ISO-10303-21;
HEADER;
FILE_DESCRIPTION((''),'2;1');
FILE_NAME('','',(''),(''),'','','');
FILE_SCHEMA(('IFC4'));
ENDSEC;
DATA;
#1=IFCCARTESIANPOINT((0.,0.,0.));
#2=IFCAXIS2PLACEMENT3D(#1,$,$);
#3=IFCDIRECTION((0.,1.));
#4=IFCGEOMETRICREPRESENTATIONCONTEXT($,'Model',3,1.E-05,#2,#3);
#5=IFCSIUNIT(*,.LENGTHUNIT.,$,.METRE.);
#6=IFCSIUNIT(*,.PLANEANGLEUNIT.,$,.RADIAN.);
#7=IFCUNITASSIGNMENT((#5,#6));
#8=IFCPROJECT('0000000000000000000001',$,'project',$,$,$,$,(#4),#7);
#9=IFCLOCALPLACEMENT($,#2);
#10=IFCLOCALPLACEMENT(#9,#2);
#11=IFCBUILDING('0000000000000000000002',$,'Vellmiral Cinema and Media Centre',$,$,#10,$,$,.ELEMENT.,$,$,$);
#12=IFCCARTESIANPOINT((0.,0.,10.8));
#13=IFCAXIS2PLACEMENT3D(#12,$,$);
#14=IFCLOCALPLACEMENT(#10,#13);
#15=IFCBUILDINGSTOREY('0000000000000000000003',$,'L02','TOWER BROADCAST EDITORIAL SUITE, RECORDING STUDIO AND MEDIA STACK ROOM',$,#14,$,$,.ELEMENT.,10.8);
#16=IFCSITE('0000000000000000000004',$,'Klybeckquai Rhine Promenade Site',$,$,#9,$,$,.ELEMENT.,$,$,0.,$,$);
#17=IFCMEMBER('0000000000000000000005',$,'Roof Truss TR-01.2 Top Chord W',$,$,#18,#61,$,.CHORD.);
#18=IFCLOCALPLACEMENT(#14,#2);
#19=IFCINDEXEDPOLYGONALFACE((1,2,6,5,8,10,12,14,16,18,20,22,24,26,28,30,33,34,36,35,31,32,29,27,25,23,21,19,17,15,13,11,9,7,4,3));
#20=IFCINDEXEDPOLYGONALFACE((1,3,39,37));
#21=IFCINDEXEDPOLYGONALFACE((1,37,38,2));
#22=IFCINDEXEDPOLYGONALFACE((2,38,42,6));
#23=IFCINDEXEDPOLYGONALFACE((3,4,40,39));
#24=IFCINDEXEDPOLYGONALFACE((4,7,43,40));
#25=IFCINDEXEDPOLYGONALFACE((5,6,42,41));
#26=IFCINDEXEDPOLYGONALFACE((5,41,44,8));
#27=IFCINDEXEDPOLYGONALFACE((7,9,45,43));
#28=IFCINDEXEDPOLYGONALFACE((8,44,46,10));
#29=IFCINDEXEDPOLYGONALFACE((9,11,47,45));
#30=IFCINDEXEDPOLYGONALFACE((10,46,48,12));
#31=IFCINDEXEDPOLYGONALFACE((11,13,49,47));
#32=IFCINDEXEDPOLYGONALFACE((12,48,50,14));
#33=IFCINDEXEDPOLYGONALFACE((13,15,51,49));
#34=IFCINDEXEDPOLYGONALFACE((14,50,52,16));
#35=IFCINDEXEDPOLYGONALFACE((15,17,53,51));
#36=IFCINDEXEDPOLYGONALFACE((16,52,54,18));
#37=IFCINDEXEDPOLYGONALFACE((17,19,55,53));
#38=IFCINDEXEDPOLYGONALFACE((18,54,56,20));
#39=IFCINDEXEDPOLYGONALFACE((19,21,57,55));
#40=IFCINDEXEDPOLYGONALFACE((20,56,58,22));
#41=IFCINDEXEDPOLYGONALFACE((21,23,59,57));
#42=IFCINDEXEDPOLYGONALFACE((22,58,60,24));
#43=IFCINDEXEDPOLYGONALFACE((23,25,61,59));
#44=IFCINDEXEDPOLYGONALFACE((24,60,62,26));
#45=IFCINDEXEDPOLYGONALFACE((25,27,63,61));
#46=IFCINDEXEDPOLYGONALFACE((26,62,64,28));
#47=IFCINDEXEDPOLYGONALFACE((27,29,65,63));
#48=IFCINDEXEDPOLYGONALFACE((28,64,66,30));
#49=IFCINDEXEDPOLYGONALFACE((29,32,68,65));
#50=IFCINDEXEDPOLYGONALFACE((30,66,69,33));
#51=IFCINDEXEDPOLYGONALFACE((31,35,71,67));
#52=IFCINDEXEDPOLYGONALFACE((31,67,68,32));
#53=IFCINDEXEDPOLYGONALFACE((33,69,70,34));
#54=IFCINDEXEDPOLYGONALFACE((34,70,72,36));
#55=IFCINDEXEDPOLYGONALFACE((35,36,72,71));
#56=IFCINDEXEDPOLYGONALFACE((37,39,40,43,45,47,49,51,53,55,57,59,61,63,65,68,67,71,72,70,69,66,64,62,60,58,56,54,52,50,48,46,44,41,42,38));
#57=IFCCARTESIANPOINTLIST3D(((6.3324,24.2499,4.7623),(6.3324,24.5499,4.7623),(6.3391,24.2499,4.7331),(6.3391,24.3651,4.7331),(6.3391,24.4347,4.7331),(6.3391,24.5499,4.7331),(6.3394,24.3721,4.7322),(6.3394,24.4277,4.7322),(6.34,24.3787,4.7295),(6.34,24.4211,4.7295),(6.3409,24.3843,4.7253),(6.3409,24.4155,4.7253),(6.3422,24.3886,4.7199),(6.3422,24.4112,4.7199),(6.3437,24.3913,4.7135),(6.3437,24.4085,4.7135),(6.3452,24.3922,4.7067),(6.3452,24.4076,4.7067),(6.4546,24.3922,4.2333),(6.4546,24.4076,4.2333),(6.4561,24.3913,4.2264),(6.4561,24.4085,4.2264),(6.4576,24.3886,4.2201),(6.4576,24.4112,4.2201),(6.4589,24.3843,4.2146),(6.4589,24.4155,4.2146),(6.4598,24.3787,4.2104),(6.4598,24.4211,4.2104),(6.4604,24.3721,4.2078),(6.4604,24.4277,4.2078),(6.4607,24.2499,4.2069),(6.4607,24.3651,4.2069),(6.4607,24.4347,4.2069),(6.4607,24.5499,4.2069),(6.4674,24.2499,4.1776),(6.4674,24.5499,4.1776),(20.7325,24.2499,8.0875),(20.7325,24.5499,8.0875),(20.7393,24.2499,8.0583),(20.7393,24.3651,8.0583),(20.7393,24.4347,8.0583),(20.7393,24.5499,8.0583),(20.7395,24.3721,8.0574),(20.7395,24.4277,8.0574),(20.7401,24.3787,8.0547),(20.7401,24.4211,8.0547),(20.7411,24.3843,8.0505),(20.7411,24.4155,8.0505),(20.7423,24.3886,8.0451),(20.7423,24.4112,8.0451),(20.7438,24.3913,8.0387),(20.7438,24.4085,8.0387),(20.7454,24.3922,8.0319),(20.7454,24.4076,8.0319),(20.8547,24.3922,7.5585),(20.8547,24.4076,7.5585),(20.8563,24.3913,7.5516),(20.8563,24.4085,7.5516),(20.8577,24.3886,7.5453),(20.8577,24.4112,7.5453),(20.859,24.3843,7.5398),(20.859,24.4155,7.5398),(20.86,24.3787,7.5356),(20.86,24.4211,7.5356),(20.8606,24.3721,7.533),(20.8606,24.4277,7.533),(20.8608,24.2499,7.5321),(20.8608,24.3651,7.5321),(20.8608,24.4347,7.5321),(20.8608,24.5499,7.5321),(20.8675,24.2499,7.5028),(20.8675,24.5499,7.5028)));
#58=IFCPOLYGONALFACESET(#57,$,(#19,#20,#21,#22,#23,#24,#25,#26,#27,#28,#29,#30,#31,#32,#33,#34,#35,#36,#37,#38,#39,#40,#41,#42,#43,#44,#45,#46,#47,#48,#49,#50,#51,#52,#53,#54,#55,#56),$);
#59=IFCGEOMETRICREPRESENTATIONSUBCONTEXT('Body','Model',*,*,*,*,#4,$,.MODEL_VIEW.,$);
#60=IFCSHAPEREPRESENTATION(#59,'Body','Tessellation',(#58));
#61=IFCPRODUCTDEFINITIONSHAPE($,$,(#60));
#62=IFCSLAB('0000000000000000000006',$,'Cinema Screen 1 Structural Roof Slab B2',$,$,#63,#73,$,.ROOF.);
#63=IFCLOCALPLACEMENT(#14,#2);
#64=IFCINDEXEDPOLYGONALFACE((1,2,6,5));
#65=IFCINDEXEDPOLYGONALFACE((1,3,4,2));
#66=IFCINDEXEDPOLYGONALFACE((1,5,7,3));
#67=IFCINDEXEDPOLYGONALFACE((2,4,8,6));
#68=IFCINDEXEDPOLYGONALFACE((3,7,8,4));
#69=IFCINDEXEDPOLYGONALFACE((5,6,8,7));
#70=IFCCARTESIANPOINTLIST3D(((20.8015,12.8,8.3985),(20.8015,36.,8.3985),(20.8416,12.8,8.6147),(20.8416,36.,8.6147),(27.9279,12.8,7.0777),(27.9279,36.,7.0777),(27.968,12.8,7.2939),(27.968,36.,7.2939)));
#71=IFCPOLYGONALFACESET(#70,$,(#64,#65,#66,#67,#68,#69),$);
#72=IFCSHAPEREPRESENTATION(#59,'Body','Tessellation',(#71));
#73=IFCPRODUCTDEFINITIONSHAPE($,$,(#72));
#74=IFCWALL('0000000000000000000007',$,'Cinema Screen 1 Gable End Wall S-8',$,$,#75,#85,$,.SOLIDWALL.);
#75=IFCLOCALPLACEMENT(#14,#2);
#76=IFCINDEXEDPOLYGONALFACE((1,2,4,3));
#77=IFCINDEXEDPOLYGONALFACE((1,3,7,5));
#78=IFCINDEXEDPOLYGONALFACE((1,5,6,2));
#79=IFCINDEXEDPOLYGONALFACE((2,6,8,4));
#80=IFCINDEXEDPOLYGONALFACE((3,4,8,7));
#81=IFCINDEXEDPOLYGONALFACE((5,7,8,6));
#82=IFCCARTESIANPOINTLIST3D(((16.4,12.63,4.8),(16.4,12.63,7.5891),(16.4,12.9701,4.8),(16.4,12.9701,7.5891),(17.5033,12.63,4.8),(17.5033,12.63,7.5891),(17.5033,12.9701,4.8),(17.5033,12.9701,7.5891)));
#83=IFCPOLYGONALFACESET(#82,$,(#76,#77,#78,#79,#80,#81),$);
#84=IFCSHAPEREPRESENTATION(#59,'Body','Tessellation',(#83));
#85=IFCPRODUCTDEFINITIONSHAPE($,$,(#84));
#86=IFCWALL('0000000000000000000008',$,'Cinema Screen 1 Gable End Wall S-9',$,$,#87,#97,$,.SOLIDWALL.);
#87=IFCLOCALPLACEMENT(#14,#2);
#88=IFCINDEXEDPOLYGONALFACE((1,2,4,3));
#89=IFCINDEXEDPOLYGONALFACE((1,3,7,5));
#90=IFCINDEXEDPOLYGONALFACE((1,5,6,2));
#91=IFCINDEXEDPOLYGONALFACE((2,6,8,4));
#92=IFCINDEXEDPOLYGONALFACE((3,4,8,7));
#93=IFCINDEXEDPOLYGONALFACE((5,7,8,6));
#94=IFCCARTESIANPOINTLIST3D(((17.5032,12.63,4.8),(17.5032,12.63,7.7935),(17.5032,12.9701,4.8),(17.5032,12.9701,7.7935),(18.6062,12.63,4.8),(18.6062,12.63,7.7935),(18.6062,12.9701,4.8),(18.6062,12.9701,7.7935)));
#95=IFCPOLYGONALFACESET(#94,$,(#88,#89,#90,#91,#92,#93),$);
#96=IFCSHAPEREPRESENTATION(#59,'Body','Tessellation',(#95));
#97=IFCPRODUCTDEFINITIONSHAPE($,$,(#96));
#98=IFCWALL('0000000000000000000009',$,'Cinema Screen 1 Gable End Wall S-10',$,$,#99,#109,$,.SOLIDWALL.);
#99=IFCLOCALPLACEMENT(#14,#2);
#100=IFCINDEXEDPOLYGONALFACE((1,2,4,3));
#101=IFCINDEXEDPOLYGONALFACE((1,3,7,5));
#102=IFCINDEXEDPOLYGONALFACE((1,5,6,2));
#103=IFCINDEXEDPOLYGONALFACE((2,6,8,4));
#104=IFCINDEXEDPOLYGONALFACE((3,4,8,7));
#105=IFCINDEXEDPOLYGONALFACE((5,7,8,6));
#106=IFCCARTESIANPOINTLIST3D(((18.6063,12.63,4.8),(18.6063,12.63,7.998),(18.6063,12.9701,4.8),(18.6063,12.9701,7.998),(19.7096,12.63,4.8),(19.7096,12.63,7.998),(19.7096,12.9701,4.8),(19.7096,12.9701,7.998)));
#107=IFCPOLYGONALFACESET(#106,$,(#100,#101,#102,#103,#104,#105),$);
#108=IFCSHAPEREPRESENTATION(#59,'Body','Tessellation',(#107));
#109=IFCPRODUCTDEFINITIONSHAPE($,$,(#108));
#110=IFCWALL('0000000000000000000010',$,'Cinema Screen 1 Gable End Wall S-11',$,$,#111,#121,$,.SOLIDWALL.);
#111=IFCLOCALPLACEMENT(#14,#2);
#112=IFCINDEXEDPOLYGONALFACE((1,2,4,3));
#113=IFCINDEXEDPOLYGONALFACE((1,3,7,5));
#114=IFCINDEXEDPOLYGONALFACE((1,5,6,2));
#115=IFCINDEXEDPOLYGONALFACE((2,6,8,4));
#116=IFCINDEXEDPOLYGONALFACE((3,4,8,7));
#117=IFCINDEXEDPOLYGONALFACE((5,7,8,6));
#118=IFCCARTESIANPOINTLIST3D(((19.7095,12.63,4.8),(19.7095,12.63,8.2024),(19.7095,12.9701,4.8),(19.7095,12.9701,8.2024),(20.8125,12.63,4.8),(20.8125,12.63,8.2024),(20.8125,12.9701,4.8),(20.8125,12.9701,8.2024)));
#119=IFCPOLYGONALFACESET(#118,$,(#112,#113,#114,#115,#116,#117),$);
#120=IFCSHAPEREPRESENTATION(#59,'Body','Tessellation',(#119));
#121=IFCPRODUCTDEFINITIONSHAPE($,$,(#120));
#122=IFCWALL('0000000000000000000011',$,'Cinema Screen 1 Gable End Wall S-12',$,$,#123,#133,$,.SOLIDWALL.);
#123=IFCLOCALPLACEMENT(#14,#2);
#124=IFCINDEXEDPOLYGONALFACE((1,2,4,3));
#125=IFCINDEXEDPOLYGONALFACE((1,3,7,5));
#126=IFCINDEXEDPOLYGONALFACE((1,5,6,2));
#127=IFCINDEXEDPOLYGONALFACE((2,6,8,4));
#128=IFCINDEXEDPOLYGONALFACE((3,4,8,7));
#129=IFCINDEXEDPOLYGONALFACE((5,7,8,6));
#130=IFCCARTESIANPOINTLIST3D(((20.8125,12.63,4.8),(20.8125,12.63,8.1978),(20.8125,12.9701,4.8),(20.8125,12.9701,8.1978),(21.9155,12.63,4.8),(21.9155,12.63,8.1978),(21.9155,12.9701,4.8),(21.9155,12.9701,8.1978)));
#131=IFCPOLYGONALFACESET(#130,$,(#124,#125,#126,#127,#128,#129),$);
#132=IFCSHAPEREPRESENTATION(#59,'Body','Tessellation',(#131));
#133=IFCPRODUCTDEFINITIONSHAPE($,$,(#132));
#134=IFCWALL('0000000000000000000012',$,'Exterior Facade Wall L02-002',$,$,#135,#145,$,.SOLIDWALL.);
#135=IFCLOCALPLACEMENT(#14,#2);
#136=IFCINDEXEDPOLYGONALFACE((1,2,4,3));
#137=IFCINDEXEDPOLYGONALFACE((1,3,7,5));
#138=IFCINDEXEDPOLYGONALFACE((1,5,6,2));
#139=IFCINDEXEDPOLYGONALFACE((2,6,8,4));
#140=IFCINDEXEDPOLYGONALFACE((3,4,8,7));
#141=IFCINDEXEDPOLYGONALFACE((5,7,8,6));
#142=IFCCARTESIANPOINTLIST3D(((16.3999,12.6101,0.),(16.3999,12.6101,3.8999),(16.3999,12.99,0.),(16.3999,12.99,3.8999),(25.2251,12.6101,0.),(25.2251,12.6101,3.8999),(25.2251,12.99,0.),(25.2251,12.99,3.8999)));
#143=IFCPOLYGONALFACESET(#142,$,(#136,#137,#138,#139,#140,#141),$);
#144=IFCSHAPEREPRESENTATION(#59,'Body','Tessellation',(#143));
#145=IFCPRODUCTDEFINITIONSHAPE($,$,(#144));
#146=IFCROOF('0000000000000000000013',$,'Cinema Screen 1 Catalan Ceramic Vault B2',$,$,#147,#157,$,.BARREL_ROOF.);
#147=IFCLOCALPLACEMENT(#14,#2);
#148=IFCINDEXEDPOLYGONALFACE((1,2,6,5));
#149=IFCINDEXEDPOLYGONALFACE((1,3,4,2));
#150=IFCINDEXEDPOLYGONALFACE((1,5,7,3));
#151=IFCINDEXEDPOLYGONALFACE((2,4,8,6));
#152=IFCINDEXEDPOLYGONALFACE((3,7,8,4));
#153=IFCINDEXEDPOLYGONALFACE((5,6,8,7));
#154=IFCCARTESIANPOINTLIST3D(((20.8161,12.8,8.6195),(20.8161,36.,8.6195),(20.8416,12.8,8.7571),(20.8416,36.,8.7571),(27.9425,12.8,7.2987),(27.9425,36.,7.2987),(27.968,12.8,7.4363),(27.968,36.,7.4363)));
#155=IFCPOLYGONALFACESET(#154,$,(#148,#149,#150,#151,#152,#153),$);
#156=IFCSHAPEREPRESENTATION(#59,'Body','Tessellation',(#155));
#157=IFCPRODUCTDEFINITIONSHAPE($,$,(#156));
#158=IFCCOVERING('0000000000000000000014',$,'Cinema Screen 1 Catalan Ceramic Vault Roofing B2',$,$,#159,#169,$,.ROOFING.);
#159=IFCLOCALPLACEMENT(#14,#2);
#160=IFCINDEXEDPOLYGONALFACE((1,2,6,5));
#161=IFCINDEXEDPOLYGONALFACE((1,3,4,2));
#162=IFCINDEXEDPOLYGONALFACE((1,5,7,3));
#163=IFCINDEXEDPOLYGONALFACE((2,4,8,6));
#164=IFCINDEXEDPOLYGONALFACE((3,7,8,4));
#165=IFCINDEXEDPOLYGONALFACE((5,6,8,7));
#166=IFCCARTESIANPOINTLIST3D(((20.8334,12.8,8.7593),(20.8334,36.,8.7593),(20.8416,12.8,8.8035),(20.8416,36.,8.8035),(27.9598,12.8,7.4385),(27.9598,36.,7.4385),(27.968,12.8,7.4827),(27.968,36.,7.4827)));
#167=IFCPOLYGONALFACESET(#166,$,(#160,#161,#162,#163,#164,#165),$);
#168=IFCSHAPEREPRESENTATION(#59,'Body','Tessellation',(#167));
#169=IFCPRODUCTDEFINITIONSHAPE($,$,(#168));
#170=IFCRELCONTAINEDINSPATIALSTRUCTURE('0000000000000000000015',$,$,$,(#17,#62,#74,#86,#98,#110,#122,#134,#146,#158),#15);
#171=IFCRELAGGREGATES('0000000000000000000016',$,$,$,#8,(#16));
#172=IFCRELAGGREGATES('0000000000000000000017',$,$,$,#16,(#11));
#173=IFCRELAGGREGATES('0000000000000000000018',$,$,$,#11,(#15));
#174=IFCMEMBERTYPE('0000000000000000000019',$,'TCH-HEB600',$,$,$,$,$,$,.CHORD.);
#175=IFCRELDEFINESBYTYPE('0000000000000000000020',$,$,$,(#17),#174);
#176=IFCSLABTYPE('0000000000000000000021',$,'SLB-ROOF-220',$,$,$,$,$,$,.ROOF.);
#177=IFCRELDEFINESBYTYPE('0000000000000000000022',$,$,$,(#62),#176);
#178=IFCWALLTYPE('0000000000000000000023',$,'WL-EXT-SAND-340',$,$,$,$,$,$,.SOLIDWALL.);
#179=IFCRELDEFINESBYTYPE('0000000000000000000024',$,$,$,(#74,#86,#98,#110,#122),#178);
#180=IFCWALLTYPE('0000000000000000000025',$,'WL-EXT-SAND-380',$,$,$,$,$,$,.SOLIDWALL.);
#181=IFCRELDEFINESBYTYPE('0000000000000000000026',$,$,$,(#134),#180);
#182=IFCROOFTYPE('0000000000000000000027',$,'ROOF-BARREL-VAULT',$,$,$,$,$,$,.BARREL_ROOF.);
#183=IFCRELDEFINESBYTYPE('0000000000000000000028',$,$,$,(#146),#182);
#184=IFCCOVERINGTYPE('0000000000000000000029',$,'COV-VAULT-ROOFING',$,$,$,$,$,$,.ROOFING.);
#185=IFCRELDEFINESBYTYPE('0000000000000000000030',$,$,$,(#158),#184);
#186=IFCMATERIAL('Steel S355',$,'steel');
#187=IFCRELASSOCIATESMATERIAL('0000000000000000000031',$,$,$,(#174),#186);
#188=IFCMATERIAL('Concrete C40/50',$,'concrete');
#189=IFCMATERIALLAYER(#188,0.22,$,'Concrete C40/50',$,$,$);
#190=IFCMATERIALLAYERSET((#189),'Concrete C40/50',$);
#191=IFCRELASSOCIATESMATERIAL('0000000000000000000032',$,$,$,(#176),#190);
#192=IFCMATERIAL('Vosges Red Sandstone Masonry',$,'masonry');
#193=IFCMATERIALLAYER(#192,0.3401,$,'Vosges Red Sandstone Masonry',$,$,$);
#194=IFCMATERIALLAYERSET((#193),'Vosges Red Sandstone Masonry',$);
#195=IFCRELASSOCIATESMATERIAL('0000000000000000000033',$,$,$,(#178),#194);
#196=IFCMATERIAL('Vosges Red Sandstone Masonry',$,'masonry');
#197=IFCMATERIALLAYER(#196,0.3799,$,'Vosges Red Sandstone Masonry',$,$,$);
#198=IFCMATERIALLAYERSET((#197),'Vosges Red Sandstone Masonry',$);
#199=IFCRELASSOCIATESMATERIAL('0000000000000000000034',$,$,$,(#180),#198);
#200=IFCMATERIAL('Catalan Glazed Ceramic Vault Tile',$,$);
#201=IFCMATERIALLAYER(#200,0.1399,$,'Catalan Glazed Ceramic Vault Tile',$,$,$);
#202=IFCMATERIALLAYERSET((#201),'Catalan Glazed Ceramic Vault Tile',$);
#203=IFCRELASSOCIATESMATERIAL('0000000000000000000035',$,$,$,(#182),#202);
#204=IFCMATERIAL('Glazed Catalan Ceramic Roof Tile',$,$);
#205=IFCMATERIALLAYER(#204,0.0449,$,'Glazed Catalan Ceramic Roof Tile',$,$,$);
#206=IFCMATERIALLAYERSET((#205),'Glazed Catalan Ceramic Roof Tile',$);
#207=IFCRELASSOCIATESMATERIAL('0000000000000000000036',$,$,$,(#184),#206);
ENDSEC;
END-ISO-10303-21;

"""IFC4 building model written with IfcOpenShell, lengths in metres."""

from ifc_helpers import new_model, si_unit, direction, frame, frame_2d, origin, origin_2d, place, context, subcontext, project, spatial, polyline, rectangle, i_section, outline, extrude, material, layer, layer_set, material_profile, profile_set, type_object, element, save


model = new_model("IFC4")

# Units and contexts
model_context = context("Model", 3, precision=1e-05, world=origin(), true_north=direction((0.0, 1.0)))
body_context = subcontext(model_context, "Body", "Model", "MODEL_VIEW")
ifc_project = project(units=[si_unit("LENGTHUNIT", "METRE"), si_unit("PLANEANGLEUNIT", "RADIAN")], contexts=[model_context])

# Site, building, storey
site_placement = place(None, origin())
site = spatial("IfcSite", under=ifc_project, at=site_placement, Name="Klybeckquai Rhine Promenade Site", CompositionType="ELEMENT", RefElevation=0.0)
building_placement = place(site_placement, origin())
building = spatial("IfcBuilding", under=site, at=building_placement, Name="Vellmiral Cinema and Media Centre", CompositionType="ELEMENT")
storey_placement = place(building_placement, frame((0.0, 0.0, 10.8)))
storey = spatial("IfcBuildingStorey", under=building, at=storey_placement, Name="L02", Description="TOWER BROADCAST EDITORIAL SUITE, RECORDING STUDIO AND MEDIA STACK ROOM", CompositionType="ELEMENT", Elevation=10.8)

# Member
ifc_material_1 = material(Name="Steel S355", Category="steel")
ifc_material_profile_1 = material_profile(ifc_material_1, i_section(OverallWidth=0.3, OverallDepth=0.6001, WebThickness=0.0154, FlangeThickness=0.03, FilletRadius=0.0271, at=origin_2d()), Name="HEB 600")
ifc_profile_set_1 = profile_set([ifc_material_profile_1], Name="Steel S355")
member_type_1 = type_object("IfcMemberType", Name="TCH-HEB600", PredefinedType="CHORD", material=ifc_profile_set_1)
member_1_placement = place(storey_placement, frame((6.3999, 24.3999, 4.47), z_axis=(0.97436, 0.0, 0.224993), x_axis=(0.0, 1.0, 0.0)))
element("IfcMember", 1, at=member_1_placement, inside=storey, type_object=member_type_1, Name="Roof Truss TR-01.2 Top Chord W", PredefinedType="CHORD", context=body_context, shape_type="SweptSolid", body=[
    extrude(i_section(OverallWidth=0.3, OverallDepth=0.6001, WebThickness=0.0154, FlangeThickness=0.03, FilletRadius=0.0271, at=origin_2d()), origin(), (0.0, 0.0, 1.0), 14.7791),
])

# Slab
ifc_material_2 = material(Name="Concrete C40/50", Category="concrete")
ifc_layer_1 = layer(ifc_material_2, 0.22, Name="Concrete C40/50")
ifc_layer_set_1 = layer_set([ifc_layer_1], Name="Concrete C40/50")
slab_type = type_object("IfcSlabType", Name="SLB-ROOF-220", PredefinedType="ROOF", material=ifc_layer_set_1)
slab_placement = place(storey_placement, frame((20.8416, 12.8, 8.6147), z_axis=(0.182234, 0.0, 0.983255), x_axis=(0.983255, 0.0, -0.182234)))
element("IfcSlab", 2, at=slab_placement, inside=storey, type_object=slab_type, Name="Cinema Screen 1 Structural Roof Slab B2", PredefinedType="ROOF", context=body_context, shape_type="SweptSolid", body=[
    extrude(outline(polyline([(0.0, 0.0), (7.2478, 0.0), (7.2478, 23.2), (0.0, 23.2), (0.0, 0.0)])), origin(), (0.0, 0.0, -1.0), 0.22),
])

# Walls
ifc_material_3 = material(Name="Vosges Red Sandstone Masonry", Category="masonry")
ifc_layer_2 = layer(ifc_material_3, 0.3401, Name="Vosges Red Sandstone Masonry")
ifc_layer_set_2 = layer_set([ifc_layer_2], Name="Vosges Red Sandstone Masonry")
wall_type_1 = type_object("IfcWallType", Name="WL-EXT-SAND-340", PredefinedType="SOLIDWALL", material=ifc_layer_set_2)
wall_1_placement = place(storey_placement, frame((16.3999, 12.8, 4.8), z_axis=(0.0, 0.0, 1.0), x_axis=(1.0, 0.0, 0.0)))
element("IfcWall", 3, at=wall_1_placement, inside=storey, type_object=wall_type_1, Name="Cinema Screen 1 Gable End Wall S-8", PredefinedType="SOLIDWALL", context=body_context, shape_type="SweptSolid", body=[
    extrude(rectangle(XDim=1.1033, YDim=0.3401, at=frame_2d((0.5518, 0.0))), origin(), (0.0, 0.0, 1.0), 2.7891),
])
wall_2_placement = place(storey_placement, frame((17.5032, 12.8, 4.8), z_axis=(0.0, 0.0, 1.0), x_axis=(1.0, 0.0, 0.0)))
element("IfcWall", 4, at=wall_2_placement, inside=storey, type_object=wall_type_1, Name="Cinema Screen 1 Gable End Wall S-9", PredefinedType="SOLIDWALL", context=body_context, shape_type="SweptSolid", body=[
    extrude(rectangle(XDim=1.103, YDim=0.3401, at=frame_2d((0.5515, 0.0))), origin(), (0.0, 0.0, 1.0), 2.9934),
])
wall_3_placement = place(storey_placement, frame((18.6062, 12.8, 4.8), z_axis=(0.0, 0.0, 1.0), x_axis=(1.0, 0.0, 0.0)))
element("IfcWall", 5, at=wall_3_placement, inside=storey, type_object=wall_type_1, Name="Cinema Screen 1 Gable End Wall S-10", PredefinedType="SOLIDWALL", context=body_context, shape_type="SweptSolid", body=[
    extrude(rectangle(XDim=1.1033, YDim=0.3401, at=frame_2d((0.5518, 0.0))), origin(), (0.0, 0.0, 1.0), 3.198),
])
wall_4_placement = place(storey_placement, frame((19.7095, 12.8, 4.8), z_axis=(0.0, 0.0, 1.0), x_axis=(1.0, 0.0, 0.0)))
element("IfcWall", 6, at=wall_4_placement, inside=storey, type_object=wall_type_1, Name="Cinema Screen 1 Gable End Wall S-11", PredefinedType="SOLIDWALL", context=body_context, shape_type="SweptSolid", body=[
    extrude(rectangle(XDim=1.103, YDim=0.3401, at=frame_2d((0.5515, 0.0))), origin(), (0.0, 0.0, 1.0), 3.4023),
])
wall_5_placement = place(storey_placement, frame((20.8125, 12.8, 4.8), z_axis=(0.0, 0.0, 1.0), x_axis=(1.0, 0.0, 0.0)))
element("IfcWall", 7, at=wall_5_placement, inside=storey, type_object=wall_type_1, Name="Cinema Screen 1 Gable End Wall S-12", PredefinedType="SOLIDWALL", context=body_context, shape_type="SweptSolid", body=[
    extrude(rectangle(XDim=1.103, YDim=0.3401, at=frame_2d((0.5515, 0.0))), origin(), (0.0, 0.0, 1.0), 3.3977),
])
ifc_material_4 = material(Name="Vosges Red Sandstone Masonry", Category="masonry")
ifc_layer_3 = layer(ifc_material_4, 0.3799, Name="Vosges Red Sandstone Masonry")
ifc_layer_set_3 = layer_set([ifc_layer_3], Name="Vosges Red Sandstone Masonry")
wall_type_2 = type_object("IfcWallType", Name="WL-EXT-SAND-380", PredefinedType="SOLIDWALL", material=ifc_layer_set_3)
wall_6_placement = place(storey_placement, frame((16.3999, 12.8, 0.0), z_axis=(0.0, 0.0, 1.0), x_axis=(1.0, 0.0, 0.0)))
element("IfcWall", 8, at=wall_6_placement, inside=storey, type_object=wall_type_2, Name="Exterior Facade Wall L02-002", PredefinedType="SOLIDWALL", context=body_context, shape_type="SweptSolid", body=[
    extrude(rectangle(XDim=8.8252, YDim=0.3799, at=frame_2d((4.4126, 0.0))), origin(), (0.0, 0.0, 1.0), 3.8999),
])

# Roof
ifc_material_5 = material(Name="Catalan Glazed Ceramic Vault Tile")
ifc_layer_4 = layer(ifc_material_5, 0.1399, Name="Catalan Glazed Ceramic Vault Tile")
ifc_layer_set_4 = layer_set([ifc_layer_4], Name="Catalan Glazed Ceramic Vault Tile")
roof_type = type_object("IfcRoofType", Name="ROOF-BARREL-VAULT", PredefinedType="BARREL_ROOF", material=ifc_layer_set_4)
roof_placement = place(storey_placement, frame((20.8416, 12.8, 8.7571), z_axis=(0.182234, 0.0, 0.983255), x_axis=(0.983255, 0.0, -0.182234)))
element("IfcRoof", 9, at=roof_placement, inside=storey, type_object=roof_type, Name="Cinema Screen 1 Catalan Ceramic Vault B2", PredefinedType="BARREL_ROOF", context=body_context, shape_type="SweptSolid", body=[
    extrude(outline(polyline([(0.0, 0.0), (7.2478, 0.0), (7.2478, 23.2), (0.0, 23.2), (0.0, 0.0)])), origin(), (0.0, 0.0, -1.0), 0.1399),
])

# Covering
ifc_material_6 = material(Name="Glazed Catalan Ceramic Roof Tile")
ifc_layer_5 = layer(ifc_material_6, 0.0449, Name="Glazed Catalan Ceramic Roof Tile")
ifc_layer_set_5 = layer_set([ifc_layer_5], Name="Glazed Catalan Ceramic Roof Tile")
covering_type = type_object("IfcCoveringType", Name="COV-VAULT-ROOFING", PredefinedType="ROOFING", material=ifc_layer_set_5)
covering_placement = place(storey_placement, frame((20.8416, 12.8, 8.8035), z_axis=(0.182234, 0.0, 0.983255), x_axis=(0.983255, 0.0, -0.182234)))
element("IfcCovering", 10, at=covering_placement, inside=storey, type_object=covering_type, Name="Cinema Screen 1 Catalan Ceramic Vault Roofing B2", PredefinedType="ROOFING", context=body_context, shape_type="SweptSolid", body=[
    extrude(outline(polyline([(0.0, 0.0), (7.2478, 0.0), (7.2478, 23.2), (0.0, 23.2), (0.0, 0.0)])), origin(), (0.0, 0.0, -1.0), 0.0449),
])

save(model, "model.ifc")
